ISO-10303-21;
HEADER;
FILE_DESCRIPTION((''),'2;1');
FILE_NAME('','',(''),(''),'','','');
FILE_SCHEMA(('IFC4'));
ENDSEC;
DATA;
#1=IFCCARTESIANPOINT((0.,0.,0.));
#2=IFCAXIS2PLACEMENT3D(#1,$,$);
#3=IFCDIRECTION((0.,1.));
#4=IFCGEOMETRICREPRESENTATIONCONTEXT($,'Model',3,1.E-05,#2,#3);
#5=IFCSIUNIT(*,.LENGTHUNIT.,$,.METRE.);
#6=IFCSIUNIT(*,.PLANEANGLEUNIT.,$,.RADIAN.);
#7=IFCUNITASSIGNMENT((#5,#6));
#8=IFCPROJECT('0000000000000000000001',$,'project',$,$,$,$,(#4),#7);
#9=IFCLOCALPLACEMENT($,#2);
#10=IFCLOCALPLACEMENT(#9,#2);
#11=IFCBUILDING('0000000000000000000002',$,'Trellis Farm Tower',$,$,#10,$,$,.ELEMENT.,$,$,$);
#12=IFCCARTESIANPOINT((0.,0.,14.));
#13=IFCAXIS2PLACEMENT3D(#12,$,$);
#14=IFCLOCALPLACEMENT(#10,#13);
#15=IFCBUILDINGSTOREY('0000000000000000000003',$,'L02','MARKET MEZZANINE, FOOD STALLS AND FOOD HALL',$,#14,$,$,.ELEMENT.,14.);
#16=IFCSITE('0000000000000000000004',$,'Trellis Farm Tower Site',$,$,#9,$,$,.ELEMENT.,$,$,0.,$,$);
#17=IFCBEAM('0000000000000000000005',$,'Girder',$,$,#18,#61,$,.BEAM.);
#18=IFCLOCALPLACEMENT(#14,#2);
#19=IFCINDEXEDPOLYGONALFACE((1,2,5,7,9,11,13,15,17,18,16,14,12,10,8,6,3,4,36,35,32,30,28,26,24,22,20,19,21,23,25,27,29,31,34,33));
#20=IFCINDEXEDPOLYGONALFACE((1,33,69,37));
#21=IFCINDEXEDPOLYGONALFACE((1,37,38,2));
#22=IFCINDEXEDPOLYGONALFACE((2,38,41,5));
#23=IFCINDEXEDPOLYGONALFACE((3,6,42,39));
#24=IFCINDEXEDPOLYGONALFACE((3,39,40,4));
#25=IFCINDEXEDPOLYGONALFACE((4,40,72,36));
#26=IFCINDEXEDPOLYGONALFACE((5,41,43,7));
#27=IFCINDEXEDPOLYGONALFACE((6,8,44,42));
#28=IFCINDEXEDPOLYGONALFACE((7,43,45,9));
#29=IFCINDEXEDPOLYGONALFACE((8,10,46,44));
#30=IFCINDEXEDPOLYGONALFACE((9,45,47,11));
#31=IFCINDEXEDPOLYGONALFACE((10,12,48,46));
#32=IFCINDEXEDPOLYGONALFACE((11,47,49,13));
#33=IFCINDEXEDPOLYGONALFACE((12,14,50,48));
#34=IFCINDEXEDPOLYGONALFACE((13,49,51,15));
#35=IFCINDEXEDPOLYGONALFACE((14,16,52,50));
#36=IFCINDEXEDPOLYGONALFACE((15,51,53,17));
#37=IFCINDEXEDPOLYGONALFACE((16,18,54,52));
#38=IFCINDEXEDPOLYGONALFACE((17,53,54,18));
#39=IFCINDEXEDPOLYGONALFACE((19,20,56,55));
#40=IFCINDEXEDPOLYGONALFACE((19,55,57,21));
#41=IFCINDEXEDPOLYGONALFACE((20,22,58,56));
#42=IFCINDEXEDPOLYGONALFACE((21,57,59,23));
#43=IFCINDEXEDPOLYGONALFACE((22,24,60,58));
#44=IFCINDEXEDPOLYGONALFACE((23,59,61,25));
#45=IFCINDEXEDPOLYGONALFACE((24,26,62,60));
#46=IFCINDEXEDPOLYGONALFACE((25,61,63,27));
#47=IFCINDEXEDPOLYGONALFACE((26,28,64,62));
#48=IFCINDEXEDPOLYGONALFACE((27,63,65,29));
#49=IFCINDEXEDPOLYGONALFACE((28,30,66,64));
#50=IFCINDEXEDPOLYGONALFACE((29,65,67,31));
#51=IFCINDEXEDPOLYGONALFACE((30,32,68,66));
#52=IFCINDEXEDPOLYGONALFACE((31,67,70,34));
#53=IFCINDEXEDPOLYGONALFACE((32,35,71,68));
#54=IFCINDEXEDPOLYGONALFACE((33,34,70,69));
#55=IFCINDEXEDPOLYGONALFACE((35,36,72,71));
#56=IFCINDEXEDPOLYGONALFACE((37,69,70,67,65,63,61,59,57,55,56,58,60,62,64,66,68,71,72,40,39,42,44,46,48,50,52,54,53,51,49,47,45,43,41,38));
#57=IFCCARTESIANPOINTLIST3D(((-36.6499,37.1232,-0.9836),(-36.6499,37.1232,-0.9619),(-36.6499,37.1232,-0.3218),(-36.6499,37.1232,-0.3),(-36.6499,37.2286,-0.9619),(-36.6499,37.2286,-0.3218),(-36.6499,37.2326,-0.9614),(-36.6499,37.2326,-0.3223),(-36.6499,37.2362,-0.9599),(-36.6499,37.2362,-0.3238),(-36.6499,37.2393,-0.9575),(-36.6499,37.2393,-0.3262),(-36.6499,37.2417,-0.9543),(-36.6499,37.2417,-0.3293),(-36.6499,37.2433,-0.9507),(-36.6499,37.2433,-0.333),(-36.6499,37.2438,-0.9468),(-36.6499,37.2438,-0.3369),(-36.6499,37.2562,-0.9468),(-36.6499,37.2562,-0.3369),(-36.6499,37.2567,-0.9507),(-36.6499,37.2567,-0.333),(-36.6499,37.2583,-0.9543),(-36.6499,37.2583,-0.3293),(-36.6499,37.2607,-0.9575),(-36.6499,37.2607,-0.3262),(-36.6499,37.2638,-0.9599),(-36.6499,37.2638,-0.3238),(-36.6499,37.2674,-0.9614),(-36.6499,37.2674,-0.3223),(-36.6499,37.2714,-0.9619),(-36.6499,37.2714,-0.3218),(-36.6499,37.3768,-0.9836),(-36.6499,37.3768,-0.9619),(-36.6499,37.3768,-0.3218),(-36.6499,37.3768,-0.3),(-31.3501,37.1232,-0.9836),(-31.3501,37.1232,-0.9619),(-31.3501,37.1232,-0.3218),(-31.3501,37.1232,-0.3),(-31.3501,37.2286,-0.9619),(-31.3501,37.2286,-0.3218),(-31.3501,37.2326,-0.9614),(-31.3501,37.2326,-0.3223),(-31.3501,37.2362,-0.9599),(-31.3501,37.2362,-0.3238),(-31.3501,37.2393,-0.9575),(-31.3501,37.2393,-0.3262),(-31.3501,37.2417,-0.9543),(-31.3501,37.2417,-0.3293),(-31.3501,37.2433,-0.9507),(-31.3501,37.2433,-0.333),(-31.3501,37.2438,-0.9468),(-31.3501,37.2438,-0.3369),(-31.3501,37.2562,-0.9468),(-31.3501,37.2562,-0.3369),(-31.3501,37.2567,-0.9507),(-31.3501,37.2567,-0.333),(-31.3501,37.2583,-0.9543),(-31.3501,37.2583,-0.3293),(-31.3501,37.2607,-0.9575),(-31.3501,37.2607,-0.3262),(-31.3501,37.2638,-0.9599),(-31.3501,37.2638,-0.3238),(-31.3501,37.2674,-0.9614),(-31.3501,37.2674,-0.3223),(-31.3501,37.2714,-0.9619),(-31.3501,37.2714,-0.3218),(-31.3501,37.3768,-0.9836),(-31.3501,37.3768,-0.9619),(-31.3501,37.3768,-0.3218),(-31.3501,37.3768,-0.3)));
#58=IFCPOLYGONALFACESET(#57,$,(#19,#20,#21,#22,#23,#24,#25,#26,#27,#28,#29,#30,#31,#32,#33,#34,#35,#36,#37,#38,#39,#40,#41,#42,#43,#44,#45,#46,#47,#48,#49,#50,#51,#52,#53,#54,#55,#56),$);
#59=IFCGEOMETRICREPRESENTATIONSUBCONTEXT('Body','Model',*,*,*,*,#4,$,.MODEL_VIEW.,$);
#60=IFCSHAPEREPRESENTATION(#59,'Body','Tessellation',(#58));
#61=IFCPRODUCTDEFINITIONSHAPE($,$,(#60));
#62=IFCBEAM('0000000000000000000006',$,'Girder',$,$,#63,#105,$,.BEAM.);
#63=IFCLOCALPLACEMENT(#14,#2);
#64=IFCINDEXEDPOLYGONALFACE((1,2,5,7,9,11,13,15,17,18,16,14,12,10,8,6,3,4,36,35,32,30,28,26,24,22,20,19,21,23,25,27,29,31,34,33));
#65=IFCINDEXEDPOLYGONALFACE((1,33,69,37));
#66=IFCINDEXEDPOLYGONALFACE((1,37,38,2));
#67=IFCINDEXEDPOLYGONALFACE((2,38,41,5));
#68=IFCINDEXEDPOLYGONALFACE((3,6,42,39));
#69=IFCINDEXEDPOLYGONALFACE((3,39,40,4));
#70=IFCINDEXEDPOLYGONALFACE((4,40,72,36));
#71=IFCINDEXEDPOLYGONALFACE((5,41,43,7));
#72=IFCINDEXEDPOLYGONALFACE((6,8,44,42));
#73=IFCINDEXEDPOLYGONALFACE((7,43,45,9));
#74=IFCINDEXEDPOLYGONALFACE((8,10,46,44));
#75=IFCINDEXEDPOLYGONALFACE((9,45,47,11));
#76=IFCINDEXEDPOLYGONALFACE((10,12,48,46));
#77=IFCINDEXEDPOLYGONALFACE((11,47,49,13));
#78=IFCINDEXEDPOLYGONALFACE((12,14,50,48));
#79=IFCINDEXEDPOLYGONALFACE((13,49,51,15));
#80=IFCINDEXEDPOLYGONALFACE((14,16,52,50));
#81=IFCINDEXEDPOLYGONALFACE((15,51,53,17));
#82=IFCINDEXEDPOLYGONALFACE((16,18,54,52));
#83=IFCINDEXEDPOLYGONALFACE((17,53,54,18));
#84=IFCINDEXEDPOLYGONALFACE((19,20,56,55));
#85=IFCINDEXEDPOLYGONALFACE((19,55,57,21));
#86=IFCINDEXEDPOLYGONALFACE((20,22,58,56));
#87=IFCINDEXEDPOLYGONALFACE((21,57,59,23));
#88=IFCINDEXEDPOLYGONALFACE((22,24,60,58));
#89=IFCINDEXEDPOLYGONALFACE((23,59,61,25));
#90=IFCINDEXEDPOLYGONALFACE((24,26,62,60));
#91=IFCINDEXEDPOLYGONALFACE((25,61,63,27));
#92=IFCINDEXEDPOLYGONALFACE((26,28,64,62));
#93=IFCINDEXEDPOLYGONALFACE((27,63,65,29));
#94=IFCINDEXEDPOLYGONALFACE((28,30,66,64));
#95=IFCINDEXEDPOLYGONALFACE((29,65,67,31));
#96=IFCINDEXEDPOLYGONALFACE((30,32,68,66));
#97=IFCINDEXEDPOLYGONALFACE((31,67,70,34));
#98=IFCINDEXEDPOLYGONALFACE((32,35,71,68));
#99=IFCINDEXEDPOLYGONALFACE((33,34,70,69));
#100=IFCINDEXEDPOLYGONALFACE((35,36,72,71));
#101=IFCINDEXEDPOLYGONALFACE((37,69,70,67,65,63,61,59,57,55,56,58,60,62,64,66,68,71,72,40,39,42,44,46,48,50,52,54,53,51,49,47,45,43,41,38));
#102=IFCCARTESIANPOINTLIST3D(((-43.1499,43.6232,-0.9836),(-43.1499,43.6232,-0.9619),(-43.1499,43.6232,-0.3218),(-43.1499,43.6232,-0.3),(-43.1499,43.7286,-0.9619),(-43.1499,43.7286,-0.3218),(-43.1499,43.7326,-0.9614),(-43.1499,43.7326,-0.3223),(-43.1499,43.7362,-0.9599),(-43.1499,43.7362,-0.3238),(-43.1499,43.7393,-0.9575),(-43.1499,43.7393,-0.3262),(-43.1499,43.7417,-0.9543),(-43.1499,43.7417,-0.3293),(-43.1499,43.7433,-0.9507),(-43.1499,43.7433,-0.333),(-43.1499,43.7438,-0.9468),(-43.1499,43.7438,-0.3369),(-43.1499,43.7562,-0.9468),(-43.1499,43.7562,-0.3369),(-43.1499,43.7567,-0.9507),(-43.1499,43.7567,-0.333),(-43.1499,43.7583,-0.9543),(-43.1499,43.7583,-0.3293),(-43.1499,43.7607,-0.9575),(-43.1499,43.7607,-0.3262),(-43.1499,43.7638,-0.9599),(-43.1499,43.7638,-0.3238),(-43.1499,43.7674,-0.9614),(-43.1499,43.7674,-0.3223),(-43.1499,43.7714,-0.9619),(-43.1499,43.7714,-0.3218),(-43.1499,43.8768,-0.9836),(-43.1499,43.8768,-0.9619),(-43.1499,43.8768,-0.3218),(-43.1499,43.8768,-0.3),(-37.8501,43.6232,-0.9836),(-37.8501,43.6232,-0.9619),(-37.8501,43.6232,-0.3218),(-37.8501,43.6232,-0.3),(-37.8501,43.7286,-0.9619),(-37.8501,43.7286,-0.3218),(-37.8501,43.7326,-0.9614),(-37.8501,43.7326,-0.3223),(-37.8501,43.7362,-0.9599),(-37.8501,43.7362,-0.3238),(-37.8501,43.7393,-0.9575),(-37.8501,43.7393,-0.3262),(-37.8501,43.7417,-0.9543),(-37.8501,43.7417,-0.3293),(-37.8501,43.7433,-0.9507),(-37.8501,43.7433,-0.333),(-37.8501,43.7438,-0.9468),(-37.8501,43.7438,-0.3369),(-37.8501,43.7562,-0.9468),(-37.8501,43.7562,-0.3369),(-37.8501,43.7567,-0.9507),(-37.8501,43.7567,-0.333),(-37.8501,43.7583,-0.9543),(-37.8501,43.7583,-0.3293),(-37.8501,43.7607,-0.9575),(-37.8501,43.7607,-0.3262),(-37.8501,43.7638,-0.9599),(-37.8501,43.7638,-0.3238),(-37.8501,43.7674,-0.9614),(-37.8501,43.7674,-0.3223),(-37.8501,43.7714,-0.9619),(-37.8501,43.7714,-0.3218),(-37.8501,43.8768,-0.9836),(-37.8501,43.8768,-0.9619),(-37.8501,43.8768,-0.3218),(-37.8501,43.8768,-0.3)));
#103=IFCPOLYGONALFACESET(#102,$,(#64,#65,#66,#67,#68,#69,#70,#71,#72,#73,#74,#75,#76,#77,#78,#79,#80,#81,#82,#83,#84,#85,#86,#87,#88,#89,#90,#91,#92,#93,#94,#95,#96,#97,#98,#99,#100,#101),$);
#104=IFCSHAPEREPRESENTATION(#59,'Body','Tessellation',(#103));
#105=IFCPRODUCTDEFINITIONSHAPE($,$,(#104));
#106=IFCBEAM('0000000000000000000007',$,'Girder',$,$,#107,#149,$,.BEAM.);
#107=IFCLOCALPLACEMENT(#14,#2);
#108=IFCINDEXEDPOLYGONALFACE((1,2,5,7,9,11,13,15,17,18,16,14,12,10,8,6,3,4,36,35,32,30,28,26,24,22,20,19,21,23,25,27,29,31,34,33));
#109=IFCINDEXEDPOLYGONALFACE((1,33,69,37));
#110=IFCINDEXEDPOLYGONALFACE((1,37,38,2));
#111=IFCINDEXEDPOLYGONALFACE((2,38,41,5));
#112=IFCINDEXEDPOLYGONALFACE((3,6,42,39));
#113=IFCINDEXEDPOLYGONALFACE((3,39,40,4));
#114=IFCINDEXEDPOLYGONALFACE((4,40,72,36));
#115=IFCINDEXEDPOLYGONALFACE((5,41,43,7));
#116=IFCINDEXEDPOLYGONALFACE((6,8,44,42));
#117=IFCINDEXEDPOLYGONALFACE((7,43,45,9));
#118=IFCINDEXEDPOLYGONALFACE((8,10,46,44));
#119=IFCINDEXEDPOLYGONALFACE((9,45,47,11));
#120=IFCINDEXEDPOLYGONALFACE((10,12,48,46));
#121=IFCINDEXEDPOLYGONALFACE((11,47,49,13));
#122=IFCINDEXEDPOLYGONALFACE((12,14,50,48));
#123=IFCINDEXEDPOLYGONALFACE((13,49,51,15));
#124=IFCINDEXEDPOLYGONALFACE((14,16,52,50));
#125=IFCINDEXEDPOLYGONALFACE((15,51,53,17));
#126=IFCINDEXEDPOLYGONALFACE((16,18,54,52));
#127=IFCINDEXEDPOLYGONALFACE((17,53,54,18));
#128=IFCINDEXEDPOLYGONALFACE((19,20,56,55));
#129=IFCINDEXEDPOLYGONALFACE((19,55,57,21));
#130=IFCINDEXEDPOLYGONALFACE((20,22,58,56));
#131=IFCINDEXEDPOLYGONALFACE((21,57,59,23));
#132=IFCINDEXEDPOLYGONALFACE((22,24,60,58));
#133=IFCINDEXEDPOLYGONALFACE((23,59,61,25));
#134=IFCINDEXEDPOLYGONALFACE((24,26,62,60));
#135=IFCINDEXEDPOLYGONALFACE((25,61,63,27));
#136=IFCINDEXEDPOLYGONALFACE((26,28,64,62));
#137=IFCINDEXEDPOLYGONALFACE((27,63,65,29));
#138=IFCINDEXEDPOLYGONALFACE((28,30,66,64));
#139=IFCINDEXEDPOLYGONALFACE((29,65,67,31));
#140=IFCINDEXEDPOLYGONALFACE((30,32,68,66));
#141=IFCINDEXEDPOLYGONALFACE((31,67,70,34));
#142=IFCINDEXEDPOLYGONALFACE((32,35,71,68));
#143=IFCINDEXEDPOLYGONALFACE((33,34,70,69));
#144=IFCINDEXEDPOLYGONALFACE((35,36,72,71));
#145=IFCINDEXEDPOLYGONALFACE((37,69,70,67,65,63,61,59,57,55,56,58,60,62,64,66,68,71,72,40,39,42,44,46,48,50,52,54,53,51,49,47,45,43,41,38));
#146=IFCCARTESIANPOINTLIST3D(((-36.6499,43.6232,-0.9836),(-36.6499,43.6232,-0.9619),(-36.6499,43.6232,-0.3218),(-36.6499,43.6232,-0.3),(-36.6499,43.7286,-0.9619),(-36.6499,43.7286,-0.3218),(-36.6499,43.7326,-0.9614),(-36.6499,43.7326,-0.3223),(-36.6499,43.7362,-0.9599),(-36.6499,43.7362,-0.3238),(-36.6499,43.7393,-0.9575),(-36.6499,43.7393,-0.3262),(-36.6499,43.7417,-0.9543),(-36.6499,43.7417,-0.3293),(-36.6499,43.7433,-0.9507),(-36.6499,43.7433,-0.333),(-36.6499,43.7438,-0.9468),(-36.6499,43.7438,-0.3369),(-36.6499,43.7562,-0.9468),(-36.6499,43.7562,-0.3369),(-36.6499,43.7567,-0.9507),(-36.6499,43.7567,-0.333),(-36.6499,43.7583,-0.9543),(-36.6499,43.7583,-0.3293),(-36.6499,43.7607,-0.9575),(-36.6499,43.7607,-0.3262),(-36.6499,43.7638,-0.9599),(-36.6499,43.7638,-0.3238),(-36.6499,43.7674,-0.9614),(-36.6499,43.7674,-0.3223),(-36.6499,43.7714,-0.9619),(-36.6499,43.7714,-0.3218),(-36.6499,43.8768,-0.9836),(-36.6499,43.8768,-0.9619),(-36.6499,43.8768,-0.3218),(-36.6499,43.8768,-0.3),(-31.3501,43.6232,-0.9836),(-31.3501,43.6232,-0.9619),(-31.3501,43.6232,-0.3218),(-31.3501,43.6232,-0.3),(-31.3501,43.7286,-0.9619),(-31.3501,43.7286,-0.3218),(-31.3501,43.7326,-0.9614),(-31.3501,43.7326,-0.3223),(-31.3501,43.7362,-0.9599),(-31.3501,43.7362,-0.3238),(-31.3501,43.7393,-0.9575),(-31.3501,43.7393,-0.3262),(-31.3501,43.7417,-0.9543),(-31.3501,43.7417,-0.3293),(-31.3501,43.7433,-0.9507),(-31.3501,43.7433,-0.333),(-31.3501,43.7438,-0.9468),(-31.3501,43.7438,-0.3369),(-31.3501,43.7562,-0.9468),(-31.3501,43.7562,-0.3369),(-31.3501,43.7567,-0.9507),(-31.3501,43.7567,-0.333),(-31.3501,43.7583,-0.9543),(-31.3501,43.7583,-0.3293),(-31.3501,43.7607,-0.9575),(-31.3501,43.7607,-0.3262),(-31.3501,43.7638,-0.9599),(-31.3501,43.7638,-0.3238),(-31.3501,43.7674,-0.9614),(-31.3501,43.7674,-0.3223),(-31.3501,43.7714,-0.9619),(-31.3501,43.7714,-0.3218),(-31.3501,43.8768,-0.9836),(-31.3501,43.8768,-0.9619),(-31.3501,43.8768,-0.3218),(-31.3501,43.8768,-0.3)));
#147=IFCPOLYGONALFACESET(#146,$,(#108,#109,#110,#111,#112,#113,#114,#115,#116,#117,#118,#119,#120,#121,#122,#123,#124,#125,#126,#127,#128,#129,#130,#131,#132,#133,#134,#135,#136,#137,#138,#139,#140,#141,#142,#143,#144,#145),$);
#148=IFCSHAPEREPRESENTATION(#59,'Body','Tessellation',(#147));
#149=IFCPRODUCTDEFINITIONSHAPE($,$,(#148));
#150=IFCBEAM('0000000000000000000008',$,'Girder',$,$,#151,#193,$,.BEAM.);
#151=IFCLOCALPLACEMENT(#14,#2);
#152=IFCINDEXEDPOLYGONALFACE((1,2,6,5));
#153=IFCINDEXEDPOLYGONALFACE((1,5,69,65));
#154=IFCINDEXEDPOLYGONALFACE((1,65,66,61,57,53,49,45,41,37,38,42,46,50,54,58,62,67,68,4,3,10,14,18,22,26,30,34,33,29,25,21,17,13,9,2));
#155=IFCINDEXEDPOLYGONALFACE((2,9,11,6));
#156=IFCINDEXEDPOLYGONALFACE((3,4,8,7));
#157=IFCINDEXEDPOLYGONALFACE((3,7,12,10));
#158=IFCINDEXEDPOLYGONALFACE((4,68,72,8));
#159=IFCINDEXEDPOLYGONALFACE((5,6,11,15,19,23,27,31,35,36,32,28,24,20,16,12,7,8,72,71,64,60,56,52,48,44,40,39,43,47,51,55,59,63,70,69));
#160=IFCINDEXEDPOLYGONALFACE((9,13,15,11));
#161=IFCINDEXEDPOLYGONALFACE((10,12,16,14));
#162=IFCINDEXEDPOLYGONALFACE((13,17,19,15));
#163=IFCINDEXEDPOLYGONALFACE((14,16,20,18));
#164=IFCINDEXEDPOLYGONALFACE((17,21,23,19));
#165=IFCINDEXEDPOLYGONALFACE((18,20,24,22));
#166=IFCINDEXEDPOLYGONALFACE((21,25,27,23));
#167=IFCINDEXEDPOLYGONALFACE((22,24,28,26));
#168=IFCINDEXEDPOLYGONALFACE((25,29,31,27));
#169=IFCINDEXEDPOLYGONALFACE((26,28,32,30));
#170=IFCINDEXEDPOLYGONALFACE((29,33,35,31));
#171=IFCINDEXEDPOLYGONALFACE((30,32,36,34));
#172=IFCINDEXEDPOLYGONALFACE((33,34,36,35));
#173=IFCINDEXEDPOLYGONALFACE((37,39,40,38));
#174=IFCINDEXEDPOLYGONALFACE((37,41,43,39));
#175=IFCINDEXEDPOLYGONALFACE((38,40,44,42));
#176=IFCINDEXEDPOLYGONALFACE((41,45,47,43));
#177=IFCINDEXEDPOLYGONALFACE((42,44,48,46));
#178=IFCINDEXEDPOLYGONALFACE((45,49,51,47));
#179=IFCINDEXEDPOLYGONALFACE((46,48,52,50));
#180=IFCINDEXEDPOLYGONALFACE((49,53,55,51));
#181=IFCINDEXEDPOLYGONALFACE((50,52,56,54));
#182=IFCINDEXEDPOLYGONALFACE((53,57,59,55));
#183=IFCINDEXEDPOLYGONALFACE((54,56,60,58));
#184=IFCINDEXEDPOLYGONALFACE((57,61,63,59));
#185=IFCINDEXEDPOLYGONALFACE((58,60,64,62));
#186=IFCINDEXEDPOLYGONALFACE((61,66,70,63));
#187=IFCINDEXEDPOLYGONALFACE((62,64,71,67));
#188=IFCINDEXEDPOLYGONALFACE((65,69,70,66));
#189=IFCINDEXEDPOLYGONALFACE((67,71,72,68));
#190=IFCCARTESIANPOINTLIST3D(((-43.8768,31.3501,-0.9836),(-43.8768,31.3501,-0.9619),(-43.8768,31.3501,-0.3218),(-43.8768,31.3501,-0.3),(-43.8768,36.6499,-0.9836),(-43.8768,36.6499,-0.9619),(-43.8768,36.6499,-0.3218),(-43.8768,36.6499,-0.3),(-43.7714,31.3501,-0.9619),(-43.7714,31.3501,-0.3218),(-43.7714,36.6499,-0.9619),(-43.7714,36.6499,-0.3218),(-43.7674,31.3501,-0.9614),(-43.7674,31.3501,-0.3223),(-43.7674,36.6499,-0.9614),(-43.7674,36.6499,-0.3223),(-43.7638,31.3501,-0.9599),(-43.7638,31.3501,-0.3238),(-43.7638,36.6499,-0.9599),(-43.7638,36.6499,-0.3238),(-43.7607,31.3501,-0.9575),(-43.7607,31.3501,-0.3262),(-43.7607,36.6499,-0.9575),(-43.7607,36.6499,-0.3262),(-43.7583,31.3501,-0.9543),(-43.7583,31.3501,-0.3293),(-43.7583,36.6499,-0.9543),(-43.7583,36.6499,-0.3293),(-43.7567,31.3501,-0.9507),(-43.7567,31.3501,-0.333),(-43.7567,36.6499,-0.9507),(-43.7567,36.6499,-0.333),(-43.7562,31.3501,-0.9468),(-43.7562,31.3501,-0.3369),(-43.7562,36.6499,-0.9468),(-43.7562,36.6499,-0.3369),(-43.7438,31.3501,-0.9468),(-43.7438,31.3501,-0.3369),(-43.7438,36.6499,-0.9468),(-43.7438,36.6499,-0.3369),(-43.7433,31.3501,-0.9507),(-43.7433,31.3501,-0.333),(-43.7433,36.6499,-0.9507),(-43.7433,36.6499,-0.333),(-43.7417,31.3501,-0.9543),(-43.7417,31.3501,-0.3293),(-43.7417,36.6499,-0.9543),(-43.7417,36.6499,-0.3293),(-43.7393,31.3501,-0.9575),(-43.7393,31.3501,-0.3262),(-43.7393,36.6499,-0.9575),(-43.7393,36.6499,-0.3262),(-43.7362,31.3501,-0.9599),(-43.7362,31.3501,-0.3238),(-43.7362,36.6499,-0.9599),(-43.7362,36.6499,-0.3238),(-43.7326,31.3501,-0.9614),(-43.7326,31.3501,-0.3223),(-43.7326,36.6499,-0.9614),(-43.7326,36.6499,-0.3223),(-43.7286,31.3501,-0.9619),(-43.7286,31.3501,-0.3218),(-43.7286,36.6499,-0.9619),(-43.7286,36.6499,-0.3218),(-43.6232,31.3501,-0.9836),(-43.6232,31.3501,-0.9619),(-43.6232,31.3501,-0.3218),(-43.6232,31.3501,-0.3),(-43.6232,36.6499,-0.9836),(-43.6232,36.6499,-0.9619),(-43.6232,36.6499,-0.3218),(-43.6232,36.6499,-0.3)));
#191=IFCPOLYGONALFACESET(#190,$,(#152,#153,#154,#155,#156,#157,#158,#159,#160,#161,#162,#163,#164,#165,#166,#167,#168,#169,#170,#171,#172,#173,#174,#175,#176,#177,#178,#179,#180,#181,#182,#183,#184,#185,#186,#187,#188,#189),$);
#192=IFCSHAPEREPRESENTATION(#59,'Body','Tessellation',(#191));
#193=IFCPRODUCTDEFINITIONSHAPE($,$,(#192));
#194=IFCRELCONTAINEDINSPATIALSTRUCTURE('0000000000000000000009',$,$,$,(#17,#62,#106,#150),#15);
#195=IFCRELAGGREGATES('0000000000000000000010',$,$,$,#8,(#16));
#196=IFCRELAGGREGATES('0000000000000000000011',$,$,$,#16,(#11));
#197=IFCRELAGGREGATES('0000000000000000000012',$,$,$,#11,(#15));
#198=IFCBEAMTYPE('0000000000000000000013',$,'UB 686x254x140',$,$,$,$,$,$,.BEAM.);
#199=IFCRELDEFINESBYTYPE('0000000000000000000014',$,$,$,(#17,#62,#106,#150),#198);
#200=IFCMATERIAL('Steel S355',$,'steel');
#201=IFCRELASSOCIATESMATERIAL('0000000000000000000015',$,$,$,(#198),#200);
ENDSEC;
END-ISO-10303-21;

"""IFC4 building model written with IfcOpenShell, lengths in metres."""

from ifc_helpers import new_model, si_unit, direction, frame, origin, origin_2d, place, context, subcontext, project, spatial, i_section, extrude, source, transform, mapped, material, material_profile, profile_set, type_object, element, save


model = new_model("IFC4")

# Units and contexts
model_context = context("Model", 3, precision=1e-05, world=origin(), true_north=direction((0.0, 1.0)))
body_context = subcontext(model_context, "Body", "Model", "MODEL_VIEW")
ifc_project = project(units=[si_unit("LENGTHUNIT", "METRE"), si_unit("PLANEANGLEUNIT", "RADIAN")], contexts=[model_context])

# Site, building, storey
site_placement = place(None, origin())
site = spatial("IfcSite", under=ifc_project, at=site_placement, Name="Trellis Farm Tower Site", CompositionType="ELEMENT", RefElevation=0.0)
building_placement = place(site_placement, origin())
building = spatial("IfcBuilding", under=site, at=building_placement, Name="Trellis Farm Tower", CompositionType="ELEMENT")
storey_placement = place(building_placement, frame((0.0, 0.0, 14.0)))
storey = spatial("IfcBuildingStorey", under=building, at=storey_placement, Name="L02", Description="MARKET MEZZANINE, FOOD STALLS AND FOOD HALL", CompositionType="ELEMENT", Elevation=14.0)

# Beams
ifc_material_1 = material(Name="Steel S355", Category="steel")
ifc_material_profile_1 = material_profile(ifc_material_1, i_section(OverallWidth=0.2537, OverallDepth=0.6836, WebThickness=0.0125, FlangeThickness=0.0217, FilletRadius=0.0151, at=origin_2d()), Name="UB 686x254x140")
ifc_profile_set_1 = profile_set([ifc_material_profile_1], Name="Steel S355")
beam_type_1 = type_object("IfcBeamType", Name="UB 686x254x140", PredefinedType="BEAM", material=ifc_profile_set_1)
shared_shape_1 = source(origin(), body_context, "Body", "SweptSolid", [
    extrude(i_section(OverallWidth=0.2537, OverallDepth=0.6836, WebThickness=0.0125, FlangeThickness=0.0217, FilletRadius=0.0151, at=origin_2d()), origin(), (0.0, 0.0, 1.0), 5.2998),
])
for number, where, z_axis, x_axis, name in (
    (1, (-36.6499, 37.25, -0.6418), (1.0, 0.0, 0.0), (0.0, 1.0, 0.0), "Girder"),
    (2, (-43.1499, 43.75, -0.6418), (1.0, 0.0, 0.0), (0.0, 1.0, 0.0), "Girder"),
    (3, (-36.6499, 43.75, -0.6418), (1.0, 0.0, 0.0), (0.0, 1.0, 0.0), "Girder"),
    (4, (-43.75, 31.3501, -0.6418), (0.0, 1.0, 0.0), (-1.0, 0.0, 0.0), "Girder"),
):
    element("IfcBeam", number, at=place(storey_placement, frame(where, z_axis=z_axis, x_axis=x_axis)), inside=storey, type_object=beam_type_1, Name=name, PredefinedType="BEAM", context=body_context, shape_type="MappedRepresentation", body=[
        mapped(shared_shape_1, transform((0.0, 0.0, 0.0))),
    ])

save(model, "model.ifc")
